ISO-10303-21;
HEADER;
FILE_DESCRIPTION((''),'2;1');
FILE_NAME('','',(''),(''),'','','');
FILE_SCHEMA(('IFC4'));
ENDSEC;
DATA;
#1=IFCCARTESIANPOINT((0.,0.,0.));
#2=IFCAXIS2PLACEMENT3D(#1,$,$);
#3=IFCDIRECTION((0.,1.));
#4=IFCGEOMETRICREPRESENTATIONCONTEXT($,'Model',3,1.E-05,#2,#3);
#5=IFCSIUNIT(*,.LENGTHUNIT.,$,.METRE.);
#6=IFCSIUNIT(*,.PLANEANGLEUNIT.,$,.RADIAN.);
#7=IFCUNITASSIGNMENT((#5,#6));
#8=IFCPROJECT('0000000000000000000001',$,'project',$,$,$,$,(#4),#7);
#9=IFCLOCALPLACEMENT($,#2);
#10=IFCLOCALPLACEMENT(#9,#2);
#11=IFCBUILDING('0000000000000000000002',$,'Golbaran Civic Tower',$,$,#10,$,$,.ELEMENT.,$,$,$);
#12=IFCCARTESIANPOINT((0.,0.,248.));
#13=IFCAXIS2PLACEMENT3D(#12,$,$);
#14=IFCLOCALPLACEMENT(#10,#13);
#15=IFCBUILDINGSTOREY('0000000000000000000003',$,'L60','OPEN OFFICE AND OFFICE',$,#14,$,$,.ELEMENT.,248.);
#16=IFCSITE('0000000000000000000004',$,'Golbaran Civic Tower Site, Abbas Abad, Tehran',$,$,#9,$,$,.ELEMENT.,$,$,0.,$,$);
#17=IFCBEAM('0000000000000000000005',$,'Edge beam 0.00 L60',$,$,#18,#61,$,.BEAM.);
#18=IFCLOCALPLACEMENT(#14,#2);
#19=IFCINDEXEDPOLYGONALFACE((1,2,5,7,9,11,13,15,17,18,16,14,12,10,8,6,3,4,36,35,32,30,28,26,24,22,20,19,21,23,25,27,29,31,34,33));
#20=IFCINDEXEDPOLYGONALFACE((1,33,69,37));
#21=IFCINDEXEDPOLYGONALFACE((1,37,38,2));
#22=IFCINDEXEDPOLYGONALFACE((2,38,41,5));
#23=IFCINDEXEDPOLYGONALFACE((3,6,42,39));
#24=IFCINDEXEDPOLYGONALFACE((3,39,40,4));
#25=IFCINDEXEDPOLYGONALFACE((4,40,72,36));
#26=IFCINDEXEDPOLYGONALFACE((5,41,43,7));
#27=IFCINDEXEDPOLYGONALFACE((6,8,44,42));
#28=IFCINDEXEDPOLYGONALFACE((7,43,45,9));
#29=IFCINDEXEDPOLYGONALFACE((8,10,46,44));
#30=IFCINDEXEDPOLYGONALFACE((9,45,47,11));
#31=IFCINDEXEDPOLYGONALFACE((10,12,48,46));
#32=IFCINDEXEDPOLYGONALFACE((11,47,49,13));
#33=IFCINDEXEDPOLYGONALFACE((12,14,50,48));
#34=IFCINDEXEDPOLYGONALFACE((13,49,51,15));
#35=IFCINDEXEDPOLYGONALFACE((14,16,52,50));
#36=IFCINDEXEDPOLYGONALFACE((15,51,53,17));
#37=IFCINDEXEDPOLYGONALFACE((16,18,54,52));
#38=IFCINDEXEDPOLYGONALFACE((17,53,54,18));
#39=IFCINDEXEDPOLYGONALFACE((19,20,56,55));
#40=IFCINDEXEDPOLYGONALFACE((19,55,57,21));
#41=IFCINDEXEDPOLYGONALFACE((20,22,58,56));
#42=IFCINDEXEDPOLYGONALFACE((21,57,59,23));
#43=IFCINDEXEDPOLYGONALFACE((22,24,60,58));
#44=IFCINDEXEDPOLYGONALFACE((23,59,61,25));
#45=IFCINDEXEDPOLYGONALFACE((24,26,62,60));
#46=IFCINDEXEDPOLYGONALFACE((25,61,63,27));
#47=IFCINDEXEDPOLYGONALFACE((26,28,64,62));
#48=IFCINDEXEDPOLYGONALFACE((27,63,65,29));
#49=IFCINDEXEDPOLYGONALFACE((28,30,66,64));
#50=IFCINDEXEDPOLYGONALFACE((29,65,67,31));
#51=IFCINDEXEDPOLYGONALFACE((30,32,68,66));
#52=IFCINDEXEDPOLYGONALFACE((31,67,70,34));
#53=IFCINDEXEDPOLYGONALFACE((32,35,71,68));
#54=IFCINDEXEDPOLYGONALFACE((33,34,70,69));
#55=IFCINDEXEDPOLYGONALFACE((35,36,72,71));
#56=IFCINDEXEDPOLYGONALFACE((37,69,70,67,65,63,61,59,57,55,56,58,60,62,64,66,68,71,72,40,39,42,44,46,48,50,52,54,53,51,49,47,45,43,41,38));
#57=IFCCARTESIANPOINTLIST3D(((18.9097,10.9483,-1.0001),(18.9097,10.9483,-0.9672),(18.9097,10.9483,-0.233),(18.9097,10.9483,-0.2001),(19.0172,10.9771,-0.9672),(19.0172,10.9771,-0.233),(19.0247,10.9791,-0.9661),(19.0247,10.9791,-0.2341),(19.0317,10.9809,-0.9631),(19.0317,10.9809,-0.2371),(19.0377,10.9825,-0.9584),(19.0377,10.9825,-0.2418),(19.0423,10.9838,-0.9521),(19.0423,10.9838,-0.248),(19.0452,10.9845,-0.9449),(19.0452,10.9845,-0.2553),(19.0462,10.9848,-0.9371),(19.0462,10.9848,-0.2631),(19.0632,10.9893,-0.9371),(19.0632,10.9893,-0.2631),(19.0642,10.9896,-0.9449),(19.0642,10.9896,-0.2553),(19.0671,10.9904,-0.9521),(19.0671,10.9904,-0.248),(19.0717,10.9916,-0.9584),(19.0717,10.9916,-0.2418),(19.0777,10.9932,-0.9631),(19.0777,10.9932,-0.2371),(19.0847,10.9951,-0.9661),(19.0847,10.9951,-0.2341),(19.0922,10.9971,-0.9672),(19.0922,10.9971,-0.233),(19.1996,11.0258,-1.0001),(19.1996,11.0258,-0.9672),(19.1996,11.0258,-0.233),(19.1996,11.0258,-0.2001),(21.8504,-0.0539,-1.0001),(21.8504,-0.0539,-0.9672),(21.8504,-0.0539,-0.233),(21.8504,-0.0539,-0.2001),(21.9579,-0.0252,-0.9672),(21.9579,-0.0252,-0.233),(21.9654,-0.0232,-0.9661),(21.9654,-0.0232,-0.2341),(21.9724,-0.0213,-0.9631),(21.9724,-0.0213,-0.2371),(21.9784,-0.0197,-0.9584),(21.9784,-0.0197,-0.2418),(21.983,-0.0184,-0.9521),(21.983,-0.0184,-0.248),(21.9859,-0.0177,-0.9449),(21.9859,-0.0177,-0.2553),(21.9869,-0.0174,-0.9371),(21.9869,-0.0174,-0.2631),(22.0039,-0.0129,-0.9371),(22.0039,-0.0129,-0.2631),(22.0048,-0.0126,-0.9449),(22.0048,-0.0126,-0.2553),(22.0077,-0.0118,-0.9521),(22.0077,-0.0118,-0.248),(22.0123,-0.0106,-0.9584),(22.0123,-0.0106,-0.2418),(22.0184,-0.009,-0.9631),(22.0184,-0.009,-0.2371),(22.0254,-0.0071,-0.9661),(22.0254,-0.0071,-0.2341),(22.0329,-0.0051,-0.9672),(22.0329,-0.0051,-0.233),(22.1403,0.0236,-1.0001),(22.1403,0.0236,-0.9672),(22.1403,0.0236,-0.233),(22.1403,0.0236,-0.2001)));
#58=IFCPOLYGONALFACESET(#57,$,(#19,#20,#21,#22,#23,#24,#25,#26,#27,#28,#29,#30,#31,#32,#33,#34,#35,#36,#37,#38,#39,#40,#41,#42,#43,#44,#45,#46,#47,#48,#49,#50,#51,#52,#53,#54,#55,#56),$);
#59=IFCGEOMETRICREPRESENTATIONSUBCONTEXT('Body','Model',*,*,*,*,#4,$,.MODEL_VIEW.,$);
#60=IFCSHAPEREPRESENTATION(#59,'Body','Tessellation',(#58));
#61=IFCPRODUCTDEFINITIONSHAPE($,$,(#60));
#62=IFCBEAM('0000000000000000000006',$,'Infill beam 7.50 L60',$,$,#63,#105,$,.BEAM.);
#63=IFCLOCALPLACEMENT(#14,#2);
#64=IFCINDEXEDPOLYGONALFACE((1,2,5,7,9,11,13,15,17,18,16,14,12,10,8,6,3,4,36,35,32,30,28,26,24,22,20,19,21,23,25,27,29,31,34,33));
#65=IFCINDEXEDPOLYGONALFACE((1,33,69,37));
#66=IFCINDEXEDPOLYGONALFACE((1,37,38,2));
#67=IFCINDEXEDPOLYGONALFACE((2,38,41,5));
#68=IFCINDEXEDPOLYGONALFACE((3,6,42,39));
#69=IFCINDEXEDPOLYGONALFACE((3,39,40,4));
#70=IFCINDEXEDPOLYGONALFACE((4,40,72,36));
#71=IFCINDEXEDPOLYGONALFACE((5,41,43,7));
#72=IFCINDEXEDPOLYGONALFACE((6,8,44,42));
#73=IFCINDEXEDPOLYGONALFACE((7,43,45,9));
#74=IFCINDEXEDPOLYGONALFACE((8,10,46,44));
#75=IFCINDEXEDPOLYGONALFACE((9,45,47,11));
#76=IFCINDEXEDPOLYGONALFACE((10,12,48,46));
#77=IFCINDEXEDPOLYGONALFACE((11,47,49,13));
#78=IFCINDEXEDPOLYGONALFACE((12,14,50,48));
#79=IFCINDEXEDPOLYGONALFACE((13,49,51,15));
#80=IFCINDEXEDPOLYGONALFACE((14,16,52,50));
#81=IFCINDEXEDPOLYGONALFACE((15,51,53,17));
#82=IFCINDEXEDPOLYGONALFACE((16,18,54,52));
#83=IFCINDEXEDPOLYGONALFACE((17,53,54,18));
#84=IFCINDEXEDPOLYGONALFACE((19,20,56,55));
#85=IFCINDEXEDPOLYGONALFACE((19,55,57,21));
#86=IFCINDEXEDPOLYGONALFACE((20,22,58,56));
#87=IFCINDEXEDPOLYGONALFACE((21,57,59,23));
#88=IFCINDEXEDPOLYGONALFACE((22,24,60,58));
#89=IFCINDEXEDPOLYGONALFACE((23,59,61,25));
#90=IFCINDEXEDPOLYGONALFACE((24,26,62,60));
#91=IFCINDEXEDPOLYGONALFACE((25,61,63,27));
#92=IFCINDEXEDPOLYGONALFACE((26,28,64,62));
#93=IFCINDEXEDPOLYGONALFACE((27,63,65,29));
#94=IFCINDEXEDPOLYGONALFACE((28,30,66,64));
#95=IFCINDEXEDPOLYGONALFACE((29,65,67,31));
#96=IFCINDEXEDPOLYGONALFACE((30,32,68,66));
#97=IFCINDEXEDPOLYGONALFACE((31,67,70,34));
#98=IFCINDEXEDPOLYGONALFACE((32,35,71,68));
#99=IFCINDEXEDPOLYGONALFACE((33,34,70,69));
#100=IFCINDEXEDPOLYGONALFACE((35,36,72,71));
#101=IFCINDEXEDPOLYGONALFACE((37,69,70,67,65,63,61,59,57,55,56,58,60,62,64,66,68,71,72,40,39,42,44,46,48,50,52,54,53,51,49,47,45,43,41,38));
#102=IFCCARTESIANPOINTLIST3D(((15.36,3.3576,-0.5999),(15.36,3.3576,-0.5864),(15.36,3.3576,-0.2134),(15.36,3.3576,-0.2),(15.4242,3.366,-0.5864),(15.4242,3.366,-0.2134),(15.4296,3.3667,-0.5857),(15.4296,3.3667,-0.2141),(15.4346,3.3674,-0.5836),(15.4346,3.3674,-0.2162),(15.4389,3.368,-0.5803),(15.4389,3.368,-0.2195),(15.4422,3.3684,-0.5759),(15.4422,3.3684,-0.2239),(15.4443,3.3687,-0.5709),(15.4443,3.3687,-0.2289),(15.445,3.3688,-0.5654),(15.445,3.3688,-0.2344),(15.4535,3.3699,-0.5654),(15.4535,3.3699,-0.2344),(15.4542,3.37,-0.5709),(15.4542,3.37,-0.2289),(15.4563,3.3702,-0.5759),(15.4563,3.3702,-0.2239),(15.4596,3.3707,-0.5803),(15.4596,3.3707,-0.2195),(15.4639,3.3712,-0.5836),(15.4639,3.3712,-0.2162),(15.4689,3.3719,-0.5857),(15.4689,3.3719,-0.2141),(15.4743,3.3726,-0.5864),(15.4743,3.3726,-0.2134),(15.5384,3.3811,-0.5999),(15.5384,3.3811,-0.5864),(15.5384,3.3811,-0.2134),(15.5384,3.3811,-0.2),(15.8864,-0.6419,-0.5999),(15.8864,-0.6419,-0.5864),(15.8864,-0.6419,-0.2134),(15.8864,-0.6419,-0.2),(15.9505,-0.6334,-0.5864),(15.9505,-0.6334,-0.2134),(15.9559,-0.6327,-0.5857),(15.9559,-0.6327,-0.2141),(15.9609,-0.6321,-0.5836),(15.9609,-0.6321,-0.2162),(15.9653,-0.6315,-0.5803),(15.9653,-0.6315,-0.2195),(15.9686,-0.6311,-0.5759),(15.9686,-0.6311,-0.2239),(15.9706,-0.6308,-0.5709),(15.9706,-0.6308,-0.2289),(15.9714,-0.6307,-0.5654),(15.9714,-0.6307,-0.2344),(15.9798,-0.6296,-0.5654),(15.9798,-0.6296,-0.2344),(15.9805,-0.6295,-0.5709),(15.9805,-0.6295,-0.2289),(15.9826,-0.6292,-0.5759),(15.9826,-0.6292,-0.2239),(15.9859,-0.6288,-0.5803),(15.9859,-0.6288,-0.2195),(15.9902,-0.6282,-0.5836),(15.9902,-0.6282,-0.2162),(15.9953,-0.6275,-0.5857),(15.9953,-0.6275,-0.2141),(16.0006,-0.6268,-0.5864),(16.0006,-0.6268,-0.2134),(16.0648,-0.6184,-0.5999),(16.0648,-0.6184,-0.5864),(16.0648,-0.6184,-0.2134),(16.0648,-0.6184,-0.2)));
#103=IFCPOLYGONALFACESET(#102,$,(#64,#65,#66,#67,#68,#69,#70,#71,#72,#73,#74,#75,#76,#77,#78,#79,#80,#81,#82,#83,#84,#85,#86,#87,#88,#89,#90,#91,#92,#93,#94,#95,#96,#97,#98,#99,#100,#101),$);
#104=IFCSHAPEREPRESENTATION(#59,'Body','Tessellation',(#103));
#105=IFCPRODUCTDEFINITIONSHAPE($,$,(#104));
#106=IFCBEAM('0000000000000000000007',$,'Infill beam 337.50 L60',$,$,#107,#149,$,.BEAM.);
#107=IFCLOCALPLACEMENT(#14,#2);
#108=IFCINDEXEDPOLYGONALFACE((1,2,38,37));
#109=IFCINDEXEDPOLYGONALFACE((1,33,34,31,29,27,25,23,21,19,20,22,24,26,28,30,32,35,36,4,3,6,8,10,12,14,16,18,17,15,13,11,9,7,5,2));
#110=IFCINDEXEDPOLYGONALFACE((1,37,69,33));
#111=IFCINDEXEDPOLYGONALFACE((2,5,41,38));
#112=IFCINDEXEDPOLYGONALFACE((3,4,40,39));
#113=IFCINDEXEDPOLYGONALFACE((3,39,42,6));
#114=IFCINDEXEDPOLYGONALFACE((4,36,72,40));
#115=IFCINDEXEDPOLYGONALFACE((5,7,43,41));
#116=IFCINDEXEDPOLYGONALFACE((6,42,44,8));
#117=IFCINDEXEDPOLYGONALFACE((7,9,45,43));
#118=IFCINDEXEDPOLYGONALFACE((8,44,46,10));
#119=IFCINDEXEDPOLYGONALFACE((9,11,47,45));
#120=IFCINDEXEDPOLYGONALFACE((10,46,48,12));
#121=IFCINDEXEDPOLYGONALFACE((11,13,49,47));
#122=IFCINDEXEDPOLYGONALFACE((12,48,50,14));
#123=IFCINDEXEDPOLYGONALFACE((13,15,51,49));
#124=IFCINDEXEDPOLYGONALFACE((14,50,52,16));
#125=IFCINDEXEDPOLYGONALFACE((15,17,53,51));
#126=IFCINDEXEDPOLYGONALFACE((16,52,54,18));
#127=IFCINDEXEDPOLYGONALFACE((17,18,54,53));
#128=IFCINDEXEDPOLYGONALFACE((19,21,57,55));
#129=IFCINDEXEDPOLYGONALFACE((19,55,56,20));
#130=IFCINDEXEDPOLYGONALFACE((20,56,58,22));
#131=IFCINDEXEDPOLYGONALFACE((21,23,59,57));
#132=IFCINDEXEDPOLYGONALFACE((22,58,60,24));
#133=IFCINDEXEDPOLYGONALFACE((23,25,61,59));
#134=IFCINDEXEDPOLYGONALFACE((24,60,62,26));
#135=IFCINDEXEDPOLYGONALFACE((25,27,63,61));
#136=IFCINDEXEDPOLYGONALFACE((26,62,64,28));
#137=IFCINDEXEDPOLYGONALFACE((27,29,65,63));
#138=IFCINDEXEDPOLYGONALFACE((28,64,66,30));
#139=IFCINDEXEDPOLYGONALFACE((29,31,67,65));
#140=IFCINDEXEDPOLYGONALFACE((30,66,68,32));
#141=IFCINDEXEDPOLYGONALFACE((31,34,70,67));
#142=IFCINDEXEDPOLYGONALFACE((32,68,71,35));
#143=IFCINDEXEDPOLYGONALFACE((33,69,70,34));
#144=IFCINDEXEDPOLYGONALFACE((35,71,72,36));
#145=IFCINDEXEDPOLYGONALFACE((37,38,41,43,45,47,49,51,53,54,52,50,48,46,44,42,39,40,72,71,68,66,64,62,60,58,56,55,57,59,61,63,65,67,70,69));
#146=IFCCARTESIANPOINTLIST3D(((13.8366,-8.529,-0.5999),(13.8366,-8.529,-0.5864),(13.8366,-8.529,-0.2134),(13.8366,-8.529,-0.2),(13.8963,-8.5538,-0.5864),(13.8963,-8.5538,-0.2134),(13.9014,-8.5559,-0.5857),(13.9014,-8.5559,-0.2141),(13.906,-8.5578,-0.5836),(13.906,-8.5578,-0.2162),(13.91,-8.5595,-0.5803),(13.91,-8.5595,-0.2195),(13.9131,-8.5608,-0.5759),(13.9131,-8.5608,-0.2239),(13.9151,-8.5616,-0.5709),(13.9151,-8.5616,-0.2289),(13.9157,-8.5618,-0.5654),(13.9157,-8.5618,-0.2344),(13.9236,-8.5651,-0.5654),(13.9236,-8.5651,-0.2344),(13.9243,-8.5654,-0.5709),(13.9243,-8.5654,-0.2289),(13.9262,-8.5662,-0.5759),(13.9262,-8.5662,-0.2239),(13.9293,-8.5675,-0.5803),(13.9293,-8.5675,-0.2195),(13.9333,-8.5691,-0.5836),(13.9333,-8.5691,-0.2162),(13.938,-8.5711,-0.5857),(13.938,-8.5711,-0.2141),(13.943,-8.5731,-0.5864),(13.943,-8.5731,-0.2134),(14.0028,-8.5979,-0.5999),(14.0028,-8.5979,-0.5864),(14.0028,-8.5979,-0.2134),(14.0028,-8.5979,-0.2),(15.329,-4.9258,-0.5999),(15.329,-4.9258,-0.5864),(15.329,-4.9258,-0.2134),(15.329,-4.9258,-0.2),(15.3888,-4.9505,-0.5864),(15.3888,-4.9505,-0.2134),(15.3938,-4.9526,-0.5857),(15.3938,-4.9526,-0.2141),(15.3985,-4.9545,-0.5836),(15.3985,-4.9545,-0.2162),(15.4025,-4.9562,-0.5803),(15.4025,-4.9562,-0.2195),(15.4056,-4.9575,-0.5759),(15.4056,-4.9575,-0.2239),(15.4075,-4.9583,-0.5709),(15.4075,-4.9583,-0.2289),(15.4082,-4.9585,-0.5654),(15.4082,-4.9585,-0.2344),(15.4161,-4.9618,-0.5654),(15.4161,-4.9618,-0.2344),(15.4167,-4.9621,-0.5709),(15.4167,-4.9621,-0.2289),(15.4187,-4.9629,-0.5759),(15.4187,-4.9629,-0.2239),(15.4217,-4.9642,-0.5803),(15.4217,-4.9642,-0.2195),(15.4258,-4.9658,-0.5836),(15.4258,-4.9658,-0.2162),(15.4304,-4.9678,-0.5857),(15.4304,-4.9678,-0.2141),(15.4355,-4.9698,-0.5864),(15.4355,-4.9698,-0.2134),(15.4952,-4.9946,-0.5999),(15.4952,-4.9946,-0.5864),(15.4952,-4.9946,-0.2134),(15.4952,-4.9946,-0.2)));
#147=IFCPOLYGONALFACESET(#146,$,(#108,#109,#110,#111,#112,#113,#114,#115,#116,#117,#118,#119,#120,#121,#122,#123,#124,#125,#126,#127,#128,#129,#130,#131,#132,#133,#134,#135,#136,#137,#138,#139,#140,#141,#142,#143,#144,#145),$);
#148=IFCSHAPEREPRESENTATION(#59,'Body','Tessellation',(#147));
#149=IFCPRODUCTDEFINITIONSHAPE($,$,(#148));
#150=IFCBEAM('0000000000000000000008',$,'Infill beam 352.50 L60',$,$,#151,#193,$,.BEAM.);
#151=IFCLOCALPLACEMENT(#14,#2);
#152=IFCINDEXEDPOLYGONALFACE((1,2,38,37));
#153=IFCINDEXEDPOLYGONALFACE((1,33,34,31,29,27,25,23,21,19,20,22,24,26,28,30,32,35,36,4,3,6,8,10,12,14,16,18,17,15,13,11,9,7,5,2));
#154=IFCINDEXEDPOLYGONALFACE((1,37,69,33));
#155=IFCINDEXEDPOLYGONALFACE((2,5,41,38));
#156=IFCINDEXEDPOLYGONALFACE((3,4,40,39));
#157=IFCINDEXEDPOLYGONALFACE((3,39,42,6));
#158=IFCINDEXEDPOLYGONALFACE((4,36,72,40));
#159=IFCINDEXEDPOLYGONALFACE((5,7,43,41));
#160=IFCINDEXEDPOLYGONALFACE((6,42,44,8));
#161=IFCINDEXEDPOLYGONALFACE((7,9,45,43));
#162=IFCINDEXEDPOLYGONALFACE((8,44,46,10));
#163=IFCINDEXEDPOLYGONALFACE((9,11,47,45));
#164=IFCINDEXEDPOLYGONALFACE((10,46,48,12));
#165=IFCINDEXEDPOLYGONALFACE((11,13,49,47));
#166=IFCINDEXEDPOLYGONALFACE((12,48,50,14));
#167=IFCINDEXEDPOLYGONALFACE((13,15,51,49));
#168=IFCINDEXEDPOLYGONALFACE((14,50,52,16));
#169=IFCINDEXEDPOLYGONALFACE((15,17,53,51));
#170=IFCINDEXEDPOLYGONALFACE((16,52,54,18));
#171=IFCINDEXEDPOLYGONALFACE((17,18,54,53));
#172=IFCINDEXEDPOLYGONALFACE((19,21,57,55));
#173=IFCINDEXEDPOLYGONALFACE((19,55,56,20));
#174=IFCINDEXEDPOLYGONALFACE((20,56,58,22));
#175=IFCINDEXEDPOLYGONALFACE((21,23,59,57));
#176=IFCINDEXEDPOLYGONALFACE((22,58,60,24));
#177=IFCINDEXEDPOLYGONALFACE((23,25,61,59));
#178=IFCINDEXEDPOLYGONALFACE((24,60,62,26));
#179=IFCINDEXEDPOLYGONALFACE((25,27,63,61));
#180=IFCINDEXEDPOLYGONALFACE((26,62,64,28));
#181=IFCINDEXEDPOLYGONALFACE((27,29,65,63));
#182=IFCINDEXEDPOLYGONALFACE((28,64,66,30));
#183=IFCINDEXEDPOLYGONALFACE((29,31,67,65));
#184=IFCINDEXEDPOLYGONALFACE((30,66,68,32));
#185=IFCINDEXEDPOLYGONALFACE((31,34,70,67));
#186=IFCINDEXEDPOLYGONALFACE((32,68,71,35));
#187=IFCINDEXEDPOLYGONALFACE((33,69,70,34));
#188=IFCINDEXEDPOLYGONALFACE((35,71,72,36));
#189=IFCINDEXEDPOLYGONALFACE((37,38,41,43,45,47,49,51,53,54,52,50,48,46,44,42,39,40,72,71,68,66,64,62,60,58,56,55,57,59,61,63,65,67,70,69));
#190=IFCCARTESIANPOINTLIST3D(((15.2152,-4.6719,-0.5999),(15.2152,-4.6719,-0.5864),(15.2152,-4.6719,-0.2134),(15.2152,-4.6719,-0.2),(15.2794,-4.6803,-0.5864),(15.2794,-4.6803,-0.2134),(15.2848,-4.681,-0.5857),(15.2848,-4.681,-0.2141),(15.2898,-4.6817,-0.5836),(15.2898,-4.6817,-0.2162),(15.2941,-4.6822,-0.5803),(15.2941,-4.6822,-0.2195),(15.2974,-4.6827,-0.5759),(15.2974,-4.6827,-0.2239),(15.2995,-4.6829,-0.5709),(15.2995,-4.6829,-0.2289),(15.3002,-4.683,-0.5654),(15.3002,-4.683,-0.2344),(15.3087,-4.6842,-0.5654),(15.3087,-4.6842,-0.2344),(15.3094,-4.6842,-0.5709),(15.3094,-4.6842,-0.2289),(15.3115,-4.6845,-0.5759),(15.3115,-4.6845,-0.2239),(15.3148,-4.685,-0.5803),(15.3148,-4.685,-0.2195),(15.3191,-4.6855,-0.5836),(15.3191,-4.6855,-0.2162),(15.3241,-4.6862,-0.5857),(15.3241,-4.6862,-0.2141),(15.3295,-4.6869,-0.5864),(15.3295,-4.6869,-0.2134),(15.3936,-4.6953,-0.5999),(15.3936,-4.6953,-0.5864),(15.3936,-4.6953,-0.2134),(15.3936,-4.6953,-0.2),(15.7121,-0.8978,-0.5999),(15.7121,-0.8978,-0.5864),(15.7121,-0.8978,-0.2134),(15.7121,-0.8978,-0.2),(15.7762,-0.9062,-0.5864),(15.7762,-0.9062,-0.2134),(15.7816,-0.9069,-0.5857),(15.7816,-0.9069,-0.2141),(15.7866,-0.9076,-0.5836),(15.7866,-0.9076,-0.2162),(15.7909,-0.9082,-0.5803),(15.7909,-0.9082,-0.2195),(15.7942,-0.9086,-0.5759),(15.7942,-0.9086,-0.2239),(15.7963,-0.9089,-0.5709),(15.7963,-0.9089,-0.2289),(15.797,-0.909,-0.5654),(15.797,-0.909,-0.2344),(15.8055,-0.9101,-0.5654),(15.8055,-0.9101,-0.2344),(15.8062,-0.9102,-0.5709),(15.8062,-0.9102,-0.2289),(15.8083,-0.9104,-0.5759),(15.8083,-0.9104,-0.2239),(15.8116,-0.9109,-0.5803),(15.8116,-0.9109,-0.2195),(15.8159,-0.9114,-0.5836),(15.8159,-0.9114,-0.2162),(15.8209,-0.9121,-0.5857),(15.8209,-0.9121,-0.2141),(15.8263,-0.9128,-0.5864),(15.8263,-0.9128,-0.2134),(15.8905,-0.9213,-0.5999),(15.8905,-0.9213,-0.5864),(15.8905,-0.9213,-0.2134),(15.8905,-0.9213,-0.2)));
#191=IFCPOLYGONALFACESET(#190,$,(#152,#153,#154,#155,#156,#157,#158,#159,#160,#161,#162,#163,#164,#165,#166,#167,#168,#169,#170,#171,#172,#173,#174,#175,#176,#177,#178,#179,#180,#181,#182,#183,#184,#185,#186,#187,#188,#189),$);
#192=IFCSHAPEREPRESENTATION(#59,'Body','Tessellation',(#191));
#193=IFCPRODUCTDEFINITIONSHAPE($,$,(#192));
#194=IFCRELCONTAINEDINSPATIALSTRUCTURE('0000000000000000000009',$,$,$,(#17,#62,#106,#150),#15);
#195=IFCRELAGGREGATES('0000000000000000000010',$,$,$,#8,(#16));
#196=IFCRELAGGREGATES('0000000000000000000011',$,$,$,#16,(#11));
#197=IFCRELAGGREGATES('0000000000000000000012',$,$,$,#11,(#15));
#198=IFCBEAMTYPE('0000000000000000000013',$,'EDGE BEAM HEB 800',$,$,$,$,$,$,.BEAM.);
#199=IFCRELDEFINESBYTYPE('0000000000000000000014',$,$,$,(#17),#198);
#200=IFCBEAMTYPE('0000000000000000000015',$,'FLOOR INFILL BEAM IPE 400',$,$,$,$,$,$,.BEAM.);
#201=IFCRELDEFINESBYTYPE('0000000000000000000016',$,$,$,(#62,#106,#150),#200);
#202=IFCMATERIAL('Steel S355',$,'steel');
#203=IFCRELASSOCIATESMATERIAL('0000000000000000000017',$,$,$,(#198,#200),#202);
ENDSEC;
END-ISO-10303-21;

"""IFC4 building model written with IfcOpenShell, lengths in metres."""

from ifc_helpers import new_model, si_unit, direction, frame, origin, origin_2d, place, context, subcontext, project, spatial, i_section, extrude, material, material_profile, profile_set, type_object, element, save


model = new_model("IFC4")

# Units and contexts
model_context = context("Model", 3, precision=1e-05, world=origin(), true_north=direction((0.0, 1.0)))
body_context = subcontext(model_context, "Body", "Model", "MODEL_VIEW")
ifc_project = project(units=[si_unit("LENGTHUNIT", "METRE"), si_unit("PLANEANGLEUNIT", "RADIAN")], contexts=[model_context])

# Site, building, storey
site_placement = place(None, origin())
site = spatial("IfcSite", under=ifc_project, at=site_placement, Name="Golbaran Civic Tower Site, Abbas Abad, Tehran", CompositionType="ELEMENT", RefElevation=0.0)
building_placement = place(site_placement, origin())
building = spatial("IfcBuilding", under=site, at=building_placement, Name="Golbaran Civic Tower", CompositionType="ELEMENT")
storey_placement = place(building_placement, frame((0.0, 0.0, 248.0)))
storey = spatial("IfcBuildingStorey", under=building, at=storey_placement, Name="L60", Description="OPEN OFFICE AND OFFICE", CompositionType="ELEMENT", Elevation=248.0)

# Beams
ifc_material_1 = material(Name="Steel S355", Category="steel")
ifc_material_profile_1 = material_profile(ifc_material_1, i_section(OverallWidth=0.3, OverallDepth=0.8, WebThickness=0.0176, FlangeThickness=0.033, FilletRadius=0.03, at=origin_2d()), Name="HEB 800")
ifc_profile_set_1 = profile_set([ifc_material_profile_1], Name="Steel S355")
beam_type_1 = type_object("IfcBeamType", Name="EDGE BEAM HEB 800", PredefinedType="BEAM", material=ifc_profile_set_1)
beam_1_placement = place(storey_placement, frame((21.9954, -0.0151, -0.6001), z_axis=(-0.258216, 0.966087, 0.0), x_axis=(-0.966087, -0.258216, 0.0)))
element("IfcBeam", 1, at=beam_1_placement, inside=storey, type_object=beam_type_1, Name="Edge beam 0.00 L60", PredefinedType="BEAM", context=body_context, shape_type="SweptSolid", body=[
    extrude(i_section(OverallWidth=0.3, OverallDepth=0.8, WebThickness=0.0176, FlangeThickness=0.033, FilletRadius=0.03, at=origin_2d()), origin(), (0.0, 0.0, 1.0), 11.3884),
])
ifc_material_profile_2 = material_profile(ifc_material_1, i_section(OverallWidth=0.1799, OverallDepth=0.3999, WebThickness=0.0085, FlangeThickness=0.0134, FilletRadius=0.021, at=origin_2d()), Name="IPE 400")
ifc_profile_set_2 = profile_set([ifc_material_profile_2], Name="Steel S355")
beam_type_2 = type_object("IfcBeamType", Name="FLOOR INFILL BEAM IPE 400", PredefinedType="BEAM", material=ifc_profile_set_2)
beam_2_placement = place(storey_placement, frame((15.9756, -0.6301, -0.3999), z_axis=(-0.130483, 0.991451, 0.0), x_axis=(-0.991451, -0.130483, 0.0)))
element("IfcBeam", 2, at=beam_2_placement, inside=storey, type_object=beam_type_2, Name="Infill beam 7.50 L60", PredefinedType="BEAM", context=body_context, shape_type="SweptSolid", body=[
    extrude(i_section(OverallWidth=0.1799, OverallDepth=0.3999, WebThickness=0.0085, FlangeThickness=0.0134, FilletRadius=0.021, at=origin_2d()), origin(), (0.0, 0.0, 1.0), 4.0339),
])
beam_3_placement = place(storey_placement, frame((13.9197, -8.5635, -0.3999), z_axis=(0.382663, 0.923888, 0.0), x_axis=(-0.923888, 0.382663, 0.0)))
element("IfcBeam", 3, at=beam_3_placement, inside=storey, type_object=beam_type_2, Name="Infill beam 337.50 L60", PredefinedType="BEAM", context=body_context, shape_type="SweptSolid", body=[
    extrude(i_section(OverallWidth=0.1799, OverallDepth=0.3999, WebThickness=0.0085, FlangeThickness=0.0134, FilletRadius=0.021, at=origin_2d()), origin(), (0.0, 0.0, 1.0), 3.9001),
])
beam_4_placement = place(storey_placement, frame((15.3044, -4.6836, -0.3999), z_axis=(0.130513, 0.991447, 0.0), x_axis=(-0.991447, 0.130513, 0.0)))
element("IfcBeam", 4, at=beam_4_placement, inside=storey, type_object=beam_type_2, Name="Infill beam 352.50 L60", PredefinedType="BEAM", context=body_context, shape_type="SweptSolid", body=[
    extrude(i_section(OverallWidth=0.1799, OverallDepth=0.3999, WebThickness=0.0085, FlangeThickness=0.0134, FilletRadius=0.021, at=origin_2d()), origin(), (0.0, 0.0, 1.0), 3.8066),
])

save(model, "model.ifc")
